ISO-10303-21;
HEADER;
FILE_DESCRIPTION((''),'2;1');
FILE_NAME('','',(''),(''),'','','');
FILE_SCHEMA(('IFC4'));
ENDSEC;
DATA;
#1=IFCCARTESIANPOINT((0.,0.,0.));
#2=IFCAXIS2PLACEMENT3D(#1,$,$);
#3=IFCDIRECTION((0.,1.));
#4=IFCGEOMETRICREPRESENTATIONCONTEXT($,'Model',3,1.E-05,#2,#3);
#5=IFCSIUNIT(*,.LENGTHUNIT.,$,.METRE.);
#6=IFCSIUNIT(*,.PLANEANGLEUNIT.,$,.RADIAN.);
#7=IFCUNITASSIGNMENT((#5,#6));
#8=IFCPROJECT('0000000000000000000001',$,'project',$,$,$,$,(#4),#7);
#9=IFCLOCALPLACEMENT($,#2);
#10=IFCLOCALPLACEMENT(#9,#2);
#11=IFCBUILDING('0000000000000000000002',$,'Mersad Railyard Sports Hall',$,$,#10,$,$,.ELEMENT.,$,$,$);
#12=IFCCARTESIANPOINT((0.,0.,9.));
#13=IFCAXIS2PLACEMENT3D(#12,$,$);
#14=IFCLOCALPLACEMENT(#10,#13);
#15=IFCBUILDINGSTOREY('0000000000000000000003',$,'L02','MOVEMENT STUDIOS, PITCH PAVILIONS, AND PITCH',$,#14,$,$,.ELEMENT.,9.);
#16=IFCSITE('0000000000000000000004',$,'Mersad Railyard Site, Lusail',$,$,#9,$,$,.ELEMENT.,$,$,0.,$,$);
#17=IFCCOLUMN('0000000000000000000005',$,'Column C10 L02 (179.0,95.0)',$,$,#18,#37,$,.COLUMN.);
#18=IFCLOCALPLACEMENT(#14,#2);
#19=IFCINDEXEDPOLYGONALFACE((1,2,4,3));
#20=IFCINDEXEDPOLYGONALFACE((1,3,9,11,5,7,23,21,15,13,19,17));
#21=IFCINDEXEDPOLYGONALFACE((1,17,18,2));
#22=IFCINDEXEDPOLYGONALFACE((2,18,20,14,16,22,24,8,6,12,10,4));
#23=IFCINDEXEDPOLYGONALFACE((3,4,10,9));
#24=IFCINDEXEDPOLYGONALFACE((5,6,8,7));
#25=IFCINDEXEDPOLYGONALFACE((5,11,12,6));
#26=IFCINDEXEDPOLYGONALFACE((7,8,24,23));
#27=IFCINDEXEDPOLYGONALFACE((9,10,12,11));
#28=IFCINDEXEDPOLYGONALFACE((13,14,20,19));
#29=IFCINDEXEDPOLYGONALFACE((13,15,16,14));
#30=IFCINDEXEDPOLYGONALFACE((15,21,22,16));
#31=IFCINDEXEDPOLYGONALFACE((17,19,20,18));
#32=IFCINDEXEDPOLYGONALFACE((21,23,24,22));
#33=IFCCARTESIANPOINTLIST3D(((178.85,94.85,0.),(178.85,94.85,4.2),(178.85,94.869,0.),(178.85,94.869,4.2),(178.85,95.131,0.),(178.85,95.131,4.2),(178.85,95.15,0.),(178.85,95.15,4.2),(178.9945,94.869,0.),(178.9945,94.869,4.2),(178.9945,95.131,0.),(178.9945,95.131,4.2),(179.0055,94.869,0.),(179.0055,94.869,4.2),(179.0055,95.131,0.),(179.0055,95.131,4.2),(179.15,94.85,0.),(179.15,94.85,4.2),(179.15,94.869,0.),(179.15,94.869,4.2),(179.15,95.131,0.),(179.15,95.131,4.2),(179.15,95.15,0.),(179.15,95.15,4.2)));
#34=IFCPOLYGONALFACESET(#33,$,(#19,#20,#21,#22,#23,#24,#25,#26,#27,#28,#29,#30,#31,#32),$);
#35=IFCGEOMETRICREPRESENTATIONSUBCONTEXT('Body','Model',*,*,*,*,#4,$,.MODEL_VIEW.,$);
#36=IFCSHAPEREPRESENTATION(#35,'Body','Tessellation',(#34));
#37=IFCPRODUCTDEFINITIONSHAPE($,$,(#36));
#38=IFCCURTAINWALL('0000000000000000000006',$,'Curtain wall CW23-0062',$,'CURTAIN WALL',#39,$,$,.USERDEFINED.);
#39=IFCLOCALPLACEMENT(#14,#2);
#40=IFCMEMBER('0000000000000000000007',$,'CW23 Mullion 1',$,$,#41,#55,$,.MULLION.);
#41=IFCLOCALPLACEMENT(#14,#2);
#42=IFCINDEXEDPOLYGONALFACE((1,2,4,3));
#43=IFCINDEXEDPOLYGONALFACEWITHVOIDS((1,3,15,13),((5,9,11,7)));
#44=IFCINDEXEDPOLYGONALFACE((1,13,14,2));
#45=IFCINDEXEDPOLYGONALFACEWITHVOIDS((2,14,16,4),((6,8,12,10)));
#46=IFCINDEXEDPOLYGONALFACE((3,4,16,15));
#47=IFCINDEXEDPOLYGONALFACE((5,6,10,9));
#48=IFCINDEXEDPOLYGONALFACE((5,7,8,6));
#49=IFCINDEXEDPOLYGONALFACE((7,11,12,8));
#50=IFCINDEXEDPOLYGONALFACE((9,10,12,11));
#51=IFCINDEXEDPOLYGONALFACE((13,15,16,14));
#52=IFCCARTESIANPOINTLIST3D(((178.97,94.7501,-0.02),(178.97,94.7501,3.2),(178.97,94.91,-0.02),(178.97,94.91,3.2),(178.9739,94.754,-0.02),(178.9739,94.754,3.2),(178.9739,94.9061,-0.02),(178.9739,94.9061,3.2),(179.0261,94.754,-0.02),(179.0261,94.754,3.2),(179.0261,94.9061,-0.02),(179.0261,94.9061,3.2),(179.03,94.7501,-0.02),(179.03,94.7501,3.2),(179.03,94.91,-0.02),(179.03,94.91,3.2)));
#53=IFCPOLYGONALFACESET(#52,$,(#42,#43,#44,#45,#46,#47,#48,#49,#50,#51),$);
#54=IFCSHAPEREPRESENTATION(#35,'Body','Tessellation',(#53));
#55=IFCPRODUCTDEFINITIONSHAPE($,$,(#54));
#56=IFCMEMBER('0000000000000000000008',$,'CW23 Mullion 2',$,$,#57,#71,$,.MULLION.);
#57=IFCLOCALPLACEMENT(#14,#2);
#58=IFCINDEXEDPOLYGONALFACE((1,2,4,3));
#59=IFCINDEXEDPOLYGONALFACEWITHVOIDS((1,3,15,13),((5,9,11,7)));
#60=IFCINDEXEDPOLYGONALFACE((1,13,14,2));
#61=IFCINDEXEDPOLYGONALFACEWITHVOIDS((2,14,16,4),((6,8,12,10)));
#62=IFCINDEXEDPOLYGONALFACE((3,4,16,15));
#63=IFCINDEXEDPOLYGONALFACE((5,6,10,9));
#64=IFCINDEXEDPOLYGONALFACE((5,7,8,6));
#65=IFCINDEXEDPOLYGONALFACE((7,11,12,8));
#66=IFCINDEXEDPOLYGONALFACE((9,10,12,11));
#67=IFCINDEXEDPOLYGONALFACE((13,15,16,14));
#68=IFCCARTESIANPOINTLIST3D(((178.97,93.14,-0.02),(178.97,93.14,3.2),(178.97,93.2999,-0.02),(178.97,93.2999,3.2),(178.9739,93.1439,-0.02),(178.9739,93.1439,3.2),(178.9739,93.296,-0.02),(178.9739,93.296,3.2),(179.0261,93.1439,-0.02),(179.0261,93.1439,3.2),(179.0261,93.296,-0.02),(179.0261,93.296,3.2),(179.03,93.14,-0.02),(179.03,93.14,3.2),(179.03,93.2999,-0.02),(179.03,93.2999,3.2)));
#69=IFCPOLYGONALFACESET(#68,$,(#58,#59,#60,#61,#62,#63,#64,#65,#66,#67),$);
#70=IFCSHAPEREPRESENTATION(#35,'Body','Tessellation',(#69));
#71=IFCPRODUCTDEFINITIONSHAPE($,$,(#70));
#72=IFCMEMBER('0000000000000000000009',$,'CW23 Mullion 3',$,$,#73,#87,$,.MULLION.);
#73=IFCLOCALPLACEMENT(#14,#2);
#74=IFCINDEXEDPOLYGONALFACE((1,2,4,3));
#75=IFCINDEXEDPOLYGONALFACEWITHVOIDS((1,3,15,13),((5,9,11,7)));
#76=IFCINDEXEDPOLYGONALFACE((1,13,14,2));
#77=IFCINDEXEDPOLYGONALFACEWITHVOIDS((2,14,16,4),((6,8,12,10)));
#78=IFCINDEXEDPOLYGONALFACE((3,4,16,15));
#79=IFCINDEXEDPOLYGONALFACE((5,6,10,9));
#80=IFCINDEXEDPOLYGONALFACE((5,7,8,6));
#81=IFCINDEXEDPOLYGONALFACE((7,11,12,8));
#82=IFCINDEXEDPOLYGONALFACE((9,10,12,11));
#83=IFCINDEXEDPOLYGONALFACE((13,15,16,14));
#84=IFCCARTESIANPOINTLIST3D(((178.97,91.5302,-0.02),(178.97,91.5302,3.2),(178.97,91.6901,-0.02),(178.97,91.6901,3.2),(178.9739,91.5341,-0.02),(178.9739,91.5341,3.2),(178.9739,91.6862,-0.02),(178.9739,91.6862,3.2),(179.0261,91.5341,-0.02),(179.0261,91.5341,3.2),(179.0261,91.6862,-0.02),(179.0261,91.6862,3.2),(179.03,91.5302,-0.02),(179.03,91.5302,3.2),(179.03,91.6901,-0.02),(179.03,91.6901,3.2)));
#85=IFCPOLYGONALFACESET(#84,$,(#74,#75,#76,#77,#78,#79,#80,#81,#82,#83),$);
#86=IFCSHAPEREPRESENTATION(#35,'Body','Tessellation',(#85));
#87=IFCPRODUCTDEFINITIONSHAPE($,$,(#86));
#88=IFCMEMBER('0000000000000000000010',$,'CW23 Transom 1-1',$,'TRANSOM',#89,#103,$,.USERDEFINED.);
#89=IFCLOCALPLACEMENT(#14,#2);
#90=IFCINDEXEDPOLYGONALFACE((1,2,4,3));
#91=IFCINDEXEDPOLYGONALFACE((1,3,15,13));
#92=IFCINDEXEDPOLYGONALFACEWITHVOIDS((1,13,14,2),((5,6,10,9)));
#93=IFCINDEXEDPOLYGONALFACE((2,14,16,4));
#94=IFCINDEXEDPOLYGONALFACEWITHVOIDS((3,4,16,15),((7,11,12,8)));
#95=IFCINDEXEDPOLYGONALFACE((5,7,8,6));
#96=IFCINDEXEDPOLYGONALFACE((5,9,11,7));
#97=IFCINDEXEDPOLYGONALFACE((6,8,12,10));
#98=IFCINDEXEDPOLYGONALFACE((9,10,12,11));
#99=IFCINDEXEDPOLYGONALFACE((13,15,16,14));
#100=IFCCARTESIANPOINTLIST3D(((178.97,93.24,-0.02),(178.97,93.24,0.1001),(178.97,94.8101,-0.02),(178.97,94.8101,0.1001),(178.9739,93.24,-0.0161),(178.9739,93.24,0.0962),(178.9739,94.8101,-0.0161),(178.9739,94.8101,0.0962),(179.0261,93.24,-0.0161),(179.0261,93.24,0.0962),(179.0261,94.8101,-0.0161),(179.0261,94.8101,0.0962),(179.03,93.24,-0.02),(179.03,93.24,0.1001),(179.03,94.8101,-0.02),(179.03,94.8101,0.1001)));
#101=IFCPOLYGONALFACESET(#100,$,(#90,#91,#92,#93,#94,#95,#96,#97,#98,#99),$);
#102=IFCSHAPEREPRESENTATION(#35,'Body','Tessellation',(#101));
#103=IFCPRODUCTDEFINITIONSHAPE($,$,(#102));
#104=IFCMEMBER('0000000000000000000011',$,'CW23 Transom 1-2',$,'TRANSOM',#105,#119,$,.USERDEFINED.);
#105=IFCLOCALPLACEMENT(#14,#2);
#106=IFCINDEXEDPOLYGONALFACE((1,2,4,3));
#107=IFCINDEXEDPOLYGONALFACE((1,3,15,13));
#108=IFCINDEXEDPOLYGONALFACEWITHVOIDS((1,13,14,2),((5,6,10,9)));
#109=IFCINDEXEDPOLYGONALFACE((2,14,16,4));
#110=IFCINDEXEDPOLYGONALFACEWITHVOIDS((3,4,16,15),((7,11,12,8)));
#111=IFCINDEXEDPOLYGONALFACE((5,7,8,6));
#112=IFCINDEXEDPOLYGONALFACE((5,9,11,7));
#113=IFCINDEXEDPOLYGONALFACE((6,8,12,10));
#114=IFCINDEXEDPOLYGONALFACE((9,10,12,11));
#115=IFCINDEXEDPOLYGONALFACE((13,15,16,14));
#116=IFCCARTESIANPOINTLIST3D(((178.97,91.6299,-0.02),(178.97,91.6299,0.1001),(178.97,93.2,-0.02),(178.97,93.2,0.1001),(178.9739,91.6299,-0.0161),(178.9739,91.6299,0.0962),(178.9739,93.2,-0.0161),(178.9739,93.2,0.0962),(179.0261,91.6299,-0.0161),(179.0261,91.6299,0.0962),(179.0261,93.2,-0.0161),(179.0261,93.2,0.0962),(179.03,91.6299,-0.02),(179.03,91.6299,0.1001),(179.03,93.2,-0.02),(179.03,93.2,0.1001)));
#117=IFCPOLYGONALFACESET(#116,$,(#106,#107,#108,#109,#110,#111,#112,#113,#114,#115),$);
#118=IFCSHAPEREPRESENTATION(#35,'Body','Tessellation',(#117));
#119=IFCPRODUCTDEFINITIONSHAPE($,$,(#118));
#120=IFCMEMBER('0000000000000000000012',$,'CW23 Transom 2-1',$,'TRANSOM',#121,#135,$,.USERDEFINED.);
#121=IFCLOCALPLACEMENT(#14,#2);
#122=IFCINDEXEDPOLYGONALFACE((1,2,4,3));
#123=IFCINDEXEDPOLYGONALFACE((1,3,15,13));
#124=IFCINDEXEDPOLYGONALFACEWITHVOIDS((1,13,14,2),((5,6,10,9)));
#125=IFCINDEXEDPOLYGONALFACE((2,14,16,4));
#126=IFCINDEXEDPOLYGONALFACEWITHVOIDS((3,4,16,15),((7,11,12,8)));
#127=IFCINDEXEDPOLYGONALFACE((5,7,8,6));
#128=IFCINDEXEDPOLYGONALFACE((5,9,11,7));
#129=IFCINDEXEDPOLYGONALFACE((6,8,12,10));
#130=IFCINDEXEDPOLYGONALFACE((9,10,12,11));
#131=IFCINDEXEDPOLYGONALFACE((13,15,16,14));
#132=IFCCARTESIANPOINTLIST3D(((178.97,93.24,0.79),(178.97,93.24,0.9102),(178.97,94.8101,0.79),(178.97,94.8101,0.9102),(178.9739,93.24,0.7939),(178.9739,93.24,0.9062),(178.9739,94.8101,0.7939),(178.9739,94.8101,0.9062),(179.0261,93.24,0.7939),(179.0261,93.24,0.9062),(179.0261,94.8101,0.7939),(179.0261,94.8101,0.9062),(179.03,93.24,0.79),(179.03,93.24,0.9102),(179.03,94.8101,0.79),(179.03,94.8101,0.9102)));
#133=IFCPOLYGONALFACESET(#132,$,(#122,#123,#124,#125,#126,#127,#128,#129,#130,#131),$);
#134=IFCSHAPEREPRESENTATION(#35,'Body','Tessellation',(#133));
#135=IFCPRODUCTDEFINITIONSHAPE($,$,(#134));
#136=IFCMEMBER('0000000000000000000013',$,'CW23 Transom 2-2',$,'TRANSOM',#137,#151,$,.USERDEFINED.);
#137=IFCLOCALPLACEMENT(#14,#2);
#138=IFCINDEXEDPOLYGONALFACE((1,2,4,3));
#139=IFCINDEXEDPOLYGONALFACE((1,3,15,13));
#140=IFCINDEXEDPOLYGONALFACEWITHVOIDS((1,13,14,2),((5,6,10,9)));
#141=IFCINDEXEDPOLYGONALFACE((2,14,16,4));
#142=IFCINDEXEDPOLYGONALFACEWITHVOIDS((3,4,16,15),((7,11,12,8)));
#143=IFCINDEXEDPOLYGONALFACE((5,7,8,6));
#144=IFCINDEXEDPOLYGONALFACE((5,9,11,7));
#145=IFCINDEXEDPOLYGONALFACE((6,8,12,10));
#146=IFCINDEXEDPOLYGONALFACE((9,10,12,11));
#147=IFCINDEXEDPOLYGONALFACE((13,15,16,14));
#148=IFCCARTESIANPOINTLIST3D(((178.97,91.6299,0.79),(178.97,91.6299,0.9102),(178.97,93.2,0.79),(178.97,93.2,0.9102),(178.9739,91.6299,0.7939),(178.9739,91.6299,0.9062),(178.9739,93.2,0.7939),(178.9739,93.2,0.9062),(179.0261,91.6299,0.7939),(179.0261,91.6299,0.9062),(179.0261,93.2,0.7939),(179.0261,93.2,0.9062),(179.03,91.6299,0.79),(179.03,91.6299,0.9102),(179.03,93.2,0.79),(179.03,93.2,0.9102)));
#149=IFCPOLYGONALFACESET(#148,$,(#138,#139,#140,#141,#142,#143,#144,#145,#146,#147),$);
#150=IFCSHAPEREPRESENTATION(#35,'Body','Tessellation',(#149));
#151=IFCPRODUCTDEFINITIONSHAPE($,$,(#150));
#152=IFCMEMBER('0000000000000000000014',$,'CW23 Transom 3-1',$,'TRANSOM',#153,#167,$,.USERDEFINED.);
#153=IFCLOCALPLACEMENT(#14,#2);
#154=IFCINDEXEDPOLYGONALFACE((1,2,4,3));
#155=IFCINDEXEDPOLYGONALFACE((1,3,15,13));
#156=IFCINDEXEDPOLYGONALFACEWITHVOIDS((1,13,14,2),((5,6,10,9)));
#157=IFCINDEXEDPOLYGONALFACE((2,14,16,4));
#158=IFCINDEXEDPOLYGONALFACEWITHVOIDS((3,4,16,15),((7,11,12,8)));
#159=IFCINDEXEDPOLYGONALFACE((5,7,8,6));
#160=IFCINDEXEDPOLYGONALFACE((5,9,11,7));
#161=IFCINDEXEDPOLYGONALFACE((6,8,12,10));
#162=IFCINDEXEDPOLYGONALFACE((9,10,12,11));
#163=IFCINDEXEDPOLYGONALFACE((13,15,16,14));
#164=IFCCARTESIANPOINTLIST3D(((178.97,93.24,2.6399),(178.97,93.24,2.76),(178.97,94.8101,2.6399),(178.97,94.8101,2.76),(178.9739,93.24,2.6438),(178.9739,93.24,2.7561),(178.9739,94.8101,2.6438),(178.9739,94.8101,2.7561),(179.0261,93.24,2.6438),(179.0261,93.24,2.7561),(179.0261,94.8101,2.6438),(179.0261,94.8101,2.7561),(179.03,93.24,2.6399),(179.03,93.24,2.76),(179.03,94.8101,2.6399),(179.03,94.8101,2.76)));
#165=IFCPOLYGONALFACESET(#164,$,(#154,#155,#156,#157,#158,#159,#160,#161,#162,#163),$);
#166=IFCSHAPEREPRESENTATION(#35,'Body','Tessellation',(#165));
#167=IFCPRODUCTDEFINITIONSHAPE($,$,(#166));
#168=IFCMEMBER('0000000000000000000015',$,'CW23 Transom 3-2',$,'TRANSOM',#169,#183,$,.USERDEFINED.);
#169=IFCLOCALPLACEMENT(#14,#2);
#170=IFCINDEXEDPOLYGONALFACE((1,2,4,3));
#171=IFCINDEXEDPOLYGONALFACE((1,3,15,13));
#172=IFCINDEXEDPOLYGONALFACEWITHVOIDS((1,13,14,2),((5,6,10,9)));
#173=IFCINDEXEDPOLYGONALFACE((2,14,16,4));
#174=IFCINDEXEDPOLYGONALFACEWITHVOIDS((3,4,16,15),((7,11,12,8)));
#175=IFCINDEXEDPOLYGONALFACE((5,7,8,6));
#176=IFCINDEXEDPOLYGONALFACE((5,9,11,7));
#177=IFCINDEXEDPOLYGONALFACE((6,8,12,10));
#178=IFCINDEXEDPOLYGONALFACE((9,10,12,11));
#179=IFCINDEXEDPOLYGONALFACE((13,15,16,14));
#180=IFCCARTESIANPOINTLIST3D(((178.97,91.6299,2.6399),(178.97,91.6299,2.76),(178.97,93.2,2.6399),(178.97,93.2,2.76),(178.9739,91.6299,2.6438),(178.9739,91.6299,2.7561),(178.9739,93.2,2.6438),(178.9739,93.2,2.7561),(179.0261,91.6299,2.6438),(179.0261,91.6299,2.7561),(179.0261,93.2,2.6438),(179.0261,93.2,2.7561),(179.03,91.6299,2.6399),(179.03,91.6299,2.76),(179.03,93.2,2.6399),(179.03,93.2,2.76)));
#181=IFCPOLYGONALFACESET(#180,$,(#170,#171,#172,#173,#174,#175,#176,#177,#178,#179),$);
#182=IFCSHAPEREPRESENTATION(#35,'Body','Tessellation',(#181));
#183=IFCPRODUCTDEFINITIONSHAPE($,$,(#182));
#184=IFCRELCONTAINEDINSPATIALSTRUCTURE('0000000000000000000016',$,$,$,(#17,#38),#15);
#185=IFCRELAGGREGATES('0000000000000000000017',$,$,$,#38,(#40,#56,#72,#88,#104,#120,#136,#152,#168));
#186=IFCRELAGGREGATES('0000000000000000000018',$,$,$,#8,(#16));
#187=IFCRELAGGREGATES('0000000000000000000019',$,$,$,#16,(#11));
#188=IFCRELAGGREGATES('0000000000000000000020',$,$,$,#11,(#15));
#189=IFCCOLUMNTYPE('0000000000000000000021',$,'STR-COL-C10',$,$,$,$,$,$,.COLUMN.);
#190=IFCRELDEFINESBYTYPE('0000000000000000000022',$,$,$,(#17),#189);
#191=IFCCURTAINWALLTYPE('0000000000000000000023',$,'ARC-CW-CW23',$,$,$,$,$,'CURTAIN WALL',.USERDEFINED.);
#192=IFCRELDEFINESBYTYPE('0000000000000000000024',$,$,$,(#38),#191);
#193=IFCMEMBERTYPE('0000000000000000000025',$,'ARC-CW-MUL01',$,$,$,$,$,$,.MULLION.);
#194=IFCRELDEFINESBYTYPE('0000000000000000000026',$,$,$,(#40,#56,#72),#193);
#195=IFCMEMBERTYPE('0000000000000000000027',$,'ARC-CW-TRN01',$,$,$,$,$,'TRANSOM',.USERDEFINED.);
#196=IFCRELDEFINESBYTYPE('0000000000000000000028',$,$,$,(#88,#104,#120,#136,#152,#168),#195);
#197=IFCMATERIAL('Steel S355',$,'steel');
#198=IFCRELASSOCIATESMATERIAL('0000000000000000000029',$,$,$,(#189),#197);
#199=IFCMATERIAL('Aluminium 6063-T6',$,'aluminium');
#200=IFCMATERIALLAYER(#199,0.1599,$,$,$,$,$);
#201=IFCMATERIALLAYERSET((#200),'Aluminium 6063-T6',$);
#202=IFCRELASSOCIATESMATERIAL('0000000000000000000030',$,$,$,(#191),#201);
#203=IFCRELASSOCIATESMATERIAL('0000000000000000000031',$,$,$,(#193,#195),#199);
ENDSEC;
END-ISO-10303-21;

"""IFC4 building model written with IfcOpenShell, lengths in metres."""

from ifc_helpers import new_model, si_unit, direction, frame, origin, origin_2d, place, context, subcontext, project, spatial, hollow_rectangle, i_section, extrude, material, layer, layer_set, material_profile, profile_set, type_object, element, aggregate, save


model = new_model("IFC4")

# Units and contexts
model_context = context("Model", 3, precision=1e-05, world=origin(), true_north=direction((0.0, 1.0)))
body_context = subcontext(model_context, "Body", "Model", "MODEL_VIEW")
ifc_project = project(units=[si_unit("LENGTHUNIT", "METRE"), si_unit("PLANEANGLEUNIT", "RADIAN")], contexts=[model_context])

# Site, building, storey
site_placement = place(None, origin())
site = spatial("IfcSite", under=ifc_project, at=site_placement, Name="Mersad Railyard Site, Lusail", CompositionType="ELEMENT", RefElevation=0.0)
building_placement = place(site_placement, origin())
building = spatial("IfcBuilding", under=site, at=building_placement, Name="Mersad Railyard Sports Hall", CompositionType="ELEMENT")
storey_placement = place(building_placement, frame((0.0, 0.0, 9.0)))
storey = spatial("IfcBuildingStorey", under=building, at=storey_placement, Name="L02", Description="MOVEMENT STUDIOS, PITCH PAVILIONS, AND PITCH", CompositionType="ELEMENT", Elevation=9.0)

# Column
ifc_material_1 = material(Name="Steel S355", Category="steel")
ifc_material_profile_1 = material_profile(ifc_material_1, i_section(OverallWidth=0.3, OverallDepth=0.3, WebThickness=0.011, FlangeThickness=0.019, at=origin_2d()), Name="HEB 300")
ifc_profile_set_1 = profile_set([ifc_material_profile_1], Name="Steel S355")
column_type = type_object("IfcColumnType", Name="STR-COL-C10", PredefinedType="COLUMN", material=ifc_profile_set_1)
column_placement = place(storey_placement, frame((179.0, 95.0, 0.0), z_axis=(0.0, 0.0, 1.0), x_axis=(1.0, 0.0, 0.0)))
element("IfcColumn", 1, at=column_placement, inside=storey, type_object=column_type, Name="Column C10 L02 (179.0,95.0)", PredefinedType="COLUMN", context=body_context, shape_type="SweptSolid", body=[
    extrude(i_section(OverallWidth=0.3, OverallDepth=0.3, WebThickness=0.011, FlangeThickness=0.019, at=origin_2d()), origin(), (0.0, 0.0, 1.0), 4.2),
])

# Curtain wall, members
ifc_material_2 = material(Name="Aluminium 6063-T6", Category="aluminium")
ifc_layer_1 = layer(ifc_material_2, 0.1599)
ifc_layer_set_1 = layer_set([ifc_layer_1], Name="Aluminium 6063-T6")
curtain_wall_type = type_object("IfcCurtainWallType", Name="ARC-CW-CW23", ElementType="CURTAIN WALL", PredefinedType="USERDEFINED", material=ifc_layer_set_1)
curtain_wall_placement = place(storey_placement, origin())
curtain_wall = element("IfcCurtainWall", 2, at=curtain_wall_placement, inside=storey, type_object=curtain_wall_type, Name="Curtain wall CW23-0062", ObjectType="CURTAIN WALL", PredefinedType="USERDEFINED")
ifc_material_profile_2 = material_profile(ifc_material_2, hollow_rectangle(XDim=0.0601, YDim=0.1599, WallThickness=0.0039, at=origin_2d()), Name="AL MULLION 60x160x4")
ifc_profile_set_2 = profile_set([ifc_material_profile_2], Name="Aluminium 6063-T6")
member_type_1 = type_object("IfcMemberType", Name="ARC-CW-MUL01", PredefinedType="MULLION", material=ifc_profile_set_2)
member_1_placement = place(storey_placement, frame((179.0, 94.8301, -0.02), z_axis=(0.0, 0.0, 1.0), x_axis=(1.0, 0.0, 0.0)))
member_1 = element("IfcMember", 3, at=member_1_placement, type_object=member_type_1, Name="CW23 Mullion 1", PredefinedType="MULLION", context=body_context, shape_type="SweptSolid", body=[
    extrude(hollow_rectangle(XDim=0.0601, YDim=0.1599, WallThickness=0.0039, at=origin_2d()), origin(), (0.0, 0.0, 1.0), 3.22),
])
member_2_placement = place(storey_placement, frame((179.0, 93.22, -0.02), z_axis=(0.0, 0.0, 1.0), x_axis=(1.0, 0.0, 0.0)))
member_2 = element("IfcMember", 4, at=member_2_placement, type_object=member_type_1, Name="CW23 Mullion 2", PredefinedType="MULLION", context=body_context, shape_type="SweptSolid", body=[
    extrude(hollow_rectangle(XDim=0.0601, YDim=0.1599, WallThickness=0.0039, at=origin_2d()), origin(), (0.0, 0.0, 1.0), 3.22),
])
member_3_placement = place(storey_placement, frame((179.0, 91.6101, -0.02), z_axis=(0.0, 0.0, 1.0), x_axis=(1.0, 0.0, 0.0)))
member_3 = element("IfcMember", 5, at=member_3_placement, type_object=member_type_1, Name="CW23 Mullion 3", PredefinedType="MULLION", context=body_context, shape_type="SweptSolid", body=[
    extrude(hollow_rectangle(XDim=0.0601, YDim=0.1599, WallThickness=0.0039, at=origin_2d()), origin(), (0.0, 0.0, 1.0), 3.22),
])
ifc_material_profile_3 = material_profile(ifc_material_2, hollow_rectangle(XDim=0.0601, YDim=0.1201, WallThickness=0.0039, at=origin_2d()), Name="AL TRANSOM 60x120x4")
ifc_profile_set_3 = profile_set([ifc_material_profile_3], Name="Aluminium 6063-T6")
member_type_2 = type_object("IfcMemberType", Name="ARC-CW-TRN01", ElementType="TRANSOM", PredefinedType="USERDEFINED", material=ifc_profile_set_3)
member_4_placement = place(storey_placement, frame((179.0, 94.8101, 0.04), z_axis=(0.0, -1.0, 0.0), x_axis=(1.0, 0.0, 0.0)))
member_4 = element("IfcMember", 6, at=member_4_placement, type_object=member_type_2, Name="CW23 Transom 1-1", ObjectType="TRANSOM", PredefinedType="USERDEFINED", context=body_context, shape_type="SweptSolid", body=[
    extrude(hollow_rectangle(XDim=0.0601, YDim=0.1201, WallThickness=0.0039, at=origin_2d()), origin(), (0.0, 0.0, 1.0), 1.5701),
])
member_5_placement = place(storey_placement, frame((179.0, 93.2, 0.04), z_axis=(0.0, -1.0, 0.0), x_axis=(1.0, 0.0, 0.0)))
member_5 = element("IfcMember", 7, at=member_5_placement, type_object=member_type_2, Name="CW23 Transom 1-2", ObjectType="TRANSOM", PredefinedType="USERDEFINED", context=body_context, shape_type="SweptSolid", body=[
    extrude(hollow_rectangle(XDim=0.0601, YDim=0.1201, WallThickness=0.0039, at=origin_2d()), origin(), (0.0, 0.0, 1.0), 1.5701),
])
member_6_placement = place(storey_placement, frame((179.0, 94.8101, 0.8501), z_axis=(0.0, -1.0, 0.0), x_axis=(1.0, 0.0, 0.0)))
member_6 = element("IfcMember", 8, at=member_6_placement, type_object=member_type_2, Name="CW23 Transom 2-1", ObjectType="TRANSOM", PredefinedType="USERDEFINED", context=body_context, shape_type="SweptSolid", body=[
    extrude(hollow_rectangle(XDim=0.0601, YDim=0.1201, WallThickness=0.0039, at=origin_2d()), origin(), (0.0, 0.0, 1.0), 1.5701),
])
member_7_placement = place(storey_placement, frame((179.0, 93.2, 0.8501), z_axis=(0.0, -1.0, 0.0), x_axis=(1.0, 0.0, 0.0)))
member_7 = element("IfcMember", 9, at=member_7_placement, type_object=member_type_2, Name="CW23 Transom 2-2", ObjectType="TRANSOM", PredefinedType="USERDEFINED", context=body_context, shape_type="SweptSolid", body=[
    extrude(hollow_rectangle(XDim=0.0601, YDim=0.1201, WallThickness=0.0039, at=origin_2d()), origin(), (0.0, 0.0, 1.0), 1.5701),
])
member_8_placement = place(storey_placement, frame((179.0, 94.8101, 2.7), z_axis=(0.0, -1.0, 0.0), x_axis=(1.0, 0.0, 0.0)))
member_8 = element("IfcMember", 10, at=member_8_placement, type_object=member_type_2, Name="CW23 Transom 3-1", ObjectType="TRANSOM", PredefinedType="USERDEFINED", context=body_context, shape_type="SweptSolid", body=[
    extrude(hollow_rectangle(XDim=0.0601, YDim=0.1201, WallThickness=0.0039, at=origin_2d()), origin(), (0.0, 0.0, 1.0), 1.5701),
])
member_9_placement = place(storey_placement, frame((179.0, 93.2, 2.7), z_axis=(0.0, -1.0, 0.0), x_axis=(1.0, 0.0, 0.0)))
member_9 = element("IfcMember", 11, at=member_9_placement, type_object=member_type_2, Name="CW23 Transom 3-2", ObjectType="TRANSOM", PredefinedType="USERDEFINED", context=body_context, shape_type="SweptSolid", body=[
    extrude(hollow_rectangle(XDim=0.0601, YDim=0.1201, WallThickness=0.0039, at=origin_2d()), origin(), (0.0, 0.0, 1.0), 1.5701),
])

aggregate(curtain_wall, [member_1, member_2, member_3, member_4, member_5, member_6, member_7, member_8, member_9])

save(model, "model.ifc")
